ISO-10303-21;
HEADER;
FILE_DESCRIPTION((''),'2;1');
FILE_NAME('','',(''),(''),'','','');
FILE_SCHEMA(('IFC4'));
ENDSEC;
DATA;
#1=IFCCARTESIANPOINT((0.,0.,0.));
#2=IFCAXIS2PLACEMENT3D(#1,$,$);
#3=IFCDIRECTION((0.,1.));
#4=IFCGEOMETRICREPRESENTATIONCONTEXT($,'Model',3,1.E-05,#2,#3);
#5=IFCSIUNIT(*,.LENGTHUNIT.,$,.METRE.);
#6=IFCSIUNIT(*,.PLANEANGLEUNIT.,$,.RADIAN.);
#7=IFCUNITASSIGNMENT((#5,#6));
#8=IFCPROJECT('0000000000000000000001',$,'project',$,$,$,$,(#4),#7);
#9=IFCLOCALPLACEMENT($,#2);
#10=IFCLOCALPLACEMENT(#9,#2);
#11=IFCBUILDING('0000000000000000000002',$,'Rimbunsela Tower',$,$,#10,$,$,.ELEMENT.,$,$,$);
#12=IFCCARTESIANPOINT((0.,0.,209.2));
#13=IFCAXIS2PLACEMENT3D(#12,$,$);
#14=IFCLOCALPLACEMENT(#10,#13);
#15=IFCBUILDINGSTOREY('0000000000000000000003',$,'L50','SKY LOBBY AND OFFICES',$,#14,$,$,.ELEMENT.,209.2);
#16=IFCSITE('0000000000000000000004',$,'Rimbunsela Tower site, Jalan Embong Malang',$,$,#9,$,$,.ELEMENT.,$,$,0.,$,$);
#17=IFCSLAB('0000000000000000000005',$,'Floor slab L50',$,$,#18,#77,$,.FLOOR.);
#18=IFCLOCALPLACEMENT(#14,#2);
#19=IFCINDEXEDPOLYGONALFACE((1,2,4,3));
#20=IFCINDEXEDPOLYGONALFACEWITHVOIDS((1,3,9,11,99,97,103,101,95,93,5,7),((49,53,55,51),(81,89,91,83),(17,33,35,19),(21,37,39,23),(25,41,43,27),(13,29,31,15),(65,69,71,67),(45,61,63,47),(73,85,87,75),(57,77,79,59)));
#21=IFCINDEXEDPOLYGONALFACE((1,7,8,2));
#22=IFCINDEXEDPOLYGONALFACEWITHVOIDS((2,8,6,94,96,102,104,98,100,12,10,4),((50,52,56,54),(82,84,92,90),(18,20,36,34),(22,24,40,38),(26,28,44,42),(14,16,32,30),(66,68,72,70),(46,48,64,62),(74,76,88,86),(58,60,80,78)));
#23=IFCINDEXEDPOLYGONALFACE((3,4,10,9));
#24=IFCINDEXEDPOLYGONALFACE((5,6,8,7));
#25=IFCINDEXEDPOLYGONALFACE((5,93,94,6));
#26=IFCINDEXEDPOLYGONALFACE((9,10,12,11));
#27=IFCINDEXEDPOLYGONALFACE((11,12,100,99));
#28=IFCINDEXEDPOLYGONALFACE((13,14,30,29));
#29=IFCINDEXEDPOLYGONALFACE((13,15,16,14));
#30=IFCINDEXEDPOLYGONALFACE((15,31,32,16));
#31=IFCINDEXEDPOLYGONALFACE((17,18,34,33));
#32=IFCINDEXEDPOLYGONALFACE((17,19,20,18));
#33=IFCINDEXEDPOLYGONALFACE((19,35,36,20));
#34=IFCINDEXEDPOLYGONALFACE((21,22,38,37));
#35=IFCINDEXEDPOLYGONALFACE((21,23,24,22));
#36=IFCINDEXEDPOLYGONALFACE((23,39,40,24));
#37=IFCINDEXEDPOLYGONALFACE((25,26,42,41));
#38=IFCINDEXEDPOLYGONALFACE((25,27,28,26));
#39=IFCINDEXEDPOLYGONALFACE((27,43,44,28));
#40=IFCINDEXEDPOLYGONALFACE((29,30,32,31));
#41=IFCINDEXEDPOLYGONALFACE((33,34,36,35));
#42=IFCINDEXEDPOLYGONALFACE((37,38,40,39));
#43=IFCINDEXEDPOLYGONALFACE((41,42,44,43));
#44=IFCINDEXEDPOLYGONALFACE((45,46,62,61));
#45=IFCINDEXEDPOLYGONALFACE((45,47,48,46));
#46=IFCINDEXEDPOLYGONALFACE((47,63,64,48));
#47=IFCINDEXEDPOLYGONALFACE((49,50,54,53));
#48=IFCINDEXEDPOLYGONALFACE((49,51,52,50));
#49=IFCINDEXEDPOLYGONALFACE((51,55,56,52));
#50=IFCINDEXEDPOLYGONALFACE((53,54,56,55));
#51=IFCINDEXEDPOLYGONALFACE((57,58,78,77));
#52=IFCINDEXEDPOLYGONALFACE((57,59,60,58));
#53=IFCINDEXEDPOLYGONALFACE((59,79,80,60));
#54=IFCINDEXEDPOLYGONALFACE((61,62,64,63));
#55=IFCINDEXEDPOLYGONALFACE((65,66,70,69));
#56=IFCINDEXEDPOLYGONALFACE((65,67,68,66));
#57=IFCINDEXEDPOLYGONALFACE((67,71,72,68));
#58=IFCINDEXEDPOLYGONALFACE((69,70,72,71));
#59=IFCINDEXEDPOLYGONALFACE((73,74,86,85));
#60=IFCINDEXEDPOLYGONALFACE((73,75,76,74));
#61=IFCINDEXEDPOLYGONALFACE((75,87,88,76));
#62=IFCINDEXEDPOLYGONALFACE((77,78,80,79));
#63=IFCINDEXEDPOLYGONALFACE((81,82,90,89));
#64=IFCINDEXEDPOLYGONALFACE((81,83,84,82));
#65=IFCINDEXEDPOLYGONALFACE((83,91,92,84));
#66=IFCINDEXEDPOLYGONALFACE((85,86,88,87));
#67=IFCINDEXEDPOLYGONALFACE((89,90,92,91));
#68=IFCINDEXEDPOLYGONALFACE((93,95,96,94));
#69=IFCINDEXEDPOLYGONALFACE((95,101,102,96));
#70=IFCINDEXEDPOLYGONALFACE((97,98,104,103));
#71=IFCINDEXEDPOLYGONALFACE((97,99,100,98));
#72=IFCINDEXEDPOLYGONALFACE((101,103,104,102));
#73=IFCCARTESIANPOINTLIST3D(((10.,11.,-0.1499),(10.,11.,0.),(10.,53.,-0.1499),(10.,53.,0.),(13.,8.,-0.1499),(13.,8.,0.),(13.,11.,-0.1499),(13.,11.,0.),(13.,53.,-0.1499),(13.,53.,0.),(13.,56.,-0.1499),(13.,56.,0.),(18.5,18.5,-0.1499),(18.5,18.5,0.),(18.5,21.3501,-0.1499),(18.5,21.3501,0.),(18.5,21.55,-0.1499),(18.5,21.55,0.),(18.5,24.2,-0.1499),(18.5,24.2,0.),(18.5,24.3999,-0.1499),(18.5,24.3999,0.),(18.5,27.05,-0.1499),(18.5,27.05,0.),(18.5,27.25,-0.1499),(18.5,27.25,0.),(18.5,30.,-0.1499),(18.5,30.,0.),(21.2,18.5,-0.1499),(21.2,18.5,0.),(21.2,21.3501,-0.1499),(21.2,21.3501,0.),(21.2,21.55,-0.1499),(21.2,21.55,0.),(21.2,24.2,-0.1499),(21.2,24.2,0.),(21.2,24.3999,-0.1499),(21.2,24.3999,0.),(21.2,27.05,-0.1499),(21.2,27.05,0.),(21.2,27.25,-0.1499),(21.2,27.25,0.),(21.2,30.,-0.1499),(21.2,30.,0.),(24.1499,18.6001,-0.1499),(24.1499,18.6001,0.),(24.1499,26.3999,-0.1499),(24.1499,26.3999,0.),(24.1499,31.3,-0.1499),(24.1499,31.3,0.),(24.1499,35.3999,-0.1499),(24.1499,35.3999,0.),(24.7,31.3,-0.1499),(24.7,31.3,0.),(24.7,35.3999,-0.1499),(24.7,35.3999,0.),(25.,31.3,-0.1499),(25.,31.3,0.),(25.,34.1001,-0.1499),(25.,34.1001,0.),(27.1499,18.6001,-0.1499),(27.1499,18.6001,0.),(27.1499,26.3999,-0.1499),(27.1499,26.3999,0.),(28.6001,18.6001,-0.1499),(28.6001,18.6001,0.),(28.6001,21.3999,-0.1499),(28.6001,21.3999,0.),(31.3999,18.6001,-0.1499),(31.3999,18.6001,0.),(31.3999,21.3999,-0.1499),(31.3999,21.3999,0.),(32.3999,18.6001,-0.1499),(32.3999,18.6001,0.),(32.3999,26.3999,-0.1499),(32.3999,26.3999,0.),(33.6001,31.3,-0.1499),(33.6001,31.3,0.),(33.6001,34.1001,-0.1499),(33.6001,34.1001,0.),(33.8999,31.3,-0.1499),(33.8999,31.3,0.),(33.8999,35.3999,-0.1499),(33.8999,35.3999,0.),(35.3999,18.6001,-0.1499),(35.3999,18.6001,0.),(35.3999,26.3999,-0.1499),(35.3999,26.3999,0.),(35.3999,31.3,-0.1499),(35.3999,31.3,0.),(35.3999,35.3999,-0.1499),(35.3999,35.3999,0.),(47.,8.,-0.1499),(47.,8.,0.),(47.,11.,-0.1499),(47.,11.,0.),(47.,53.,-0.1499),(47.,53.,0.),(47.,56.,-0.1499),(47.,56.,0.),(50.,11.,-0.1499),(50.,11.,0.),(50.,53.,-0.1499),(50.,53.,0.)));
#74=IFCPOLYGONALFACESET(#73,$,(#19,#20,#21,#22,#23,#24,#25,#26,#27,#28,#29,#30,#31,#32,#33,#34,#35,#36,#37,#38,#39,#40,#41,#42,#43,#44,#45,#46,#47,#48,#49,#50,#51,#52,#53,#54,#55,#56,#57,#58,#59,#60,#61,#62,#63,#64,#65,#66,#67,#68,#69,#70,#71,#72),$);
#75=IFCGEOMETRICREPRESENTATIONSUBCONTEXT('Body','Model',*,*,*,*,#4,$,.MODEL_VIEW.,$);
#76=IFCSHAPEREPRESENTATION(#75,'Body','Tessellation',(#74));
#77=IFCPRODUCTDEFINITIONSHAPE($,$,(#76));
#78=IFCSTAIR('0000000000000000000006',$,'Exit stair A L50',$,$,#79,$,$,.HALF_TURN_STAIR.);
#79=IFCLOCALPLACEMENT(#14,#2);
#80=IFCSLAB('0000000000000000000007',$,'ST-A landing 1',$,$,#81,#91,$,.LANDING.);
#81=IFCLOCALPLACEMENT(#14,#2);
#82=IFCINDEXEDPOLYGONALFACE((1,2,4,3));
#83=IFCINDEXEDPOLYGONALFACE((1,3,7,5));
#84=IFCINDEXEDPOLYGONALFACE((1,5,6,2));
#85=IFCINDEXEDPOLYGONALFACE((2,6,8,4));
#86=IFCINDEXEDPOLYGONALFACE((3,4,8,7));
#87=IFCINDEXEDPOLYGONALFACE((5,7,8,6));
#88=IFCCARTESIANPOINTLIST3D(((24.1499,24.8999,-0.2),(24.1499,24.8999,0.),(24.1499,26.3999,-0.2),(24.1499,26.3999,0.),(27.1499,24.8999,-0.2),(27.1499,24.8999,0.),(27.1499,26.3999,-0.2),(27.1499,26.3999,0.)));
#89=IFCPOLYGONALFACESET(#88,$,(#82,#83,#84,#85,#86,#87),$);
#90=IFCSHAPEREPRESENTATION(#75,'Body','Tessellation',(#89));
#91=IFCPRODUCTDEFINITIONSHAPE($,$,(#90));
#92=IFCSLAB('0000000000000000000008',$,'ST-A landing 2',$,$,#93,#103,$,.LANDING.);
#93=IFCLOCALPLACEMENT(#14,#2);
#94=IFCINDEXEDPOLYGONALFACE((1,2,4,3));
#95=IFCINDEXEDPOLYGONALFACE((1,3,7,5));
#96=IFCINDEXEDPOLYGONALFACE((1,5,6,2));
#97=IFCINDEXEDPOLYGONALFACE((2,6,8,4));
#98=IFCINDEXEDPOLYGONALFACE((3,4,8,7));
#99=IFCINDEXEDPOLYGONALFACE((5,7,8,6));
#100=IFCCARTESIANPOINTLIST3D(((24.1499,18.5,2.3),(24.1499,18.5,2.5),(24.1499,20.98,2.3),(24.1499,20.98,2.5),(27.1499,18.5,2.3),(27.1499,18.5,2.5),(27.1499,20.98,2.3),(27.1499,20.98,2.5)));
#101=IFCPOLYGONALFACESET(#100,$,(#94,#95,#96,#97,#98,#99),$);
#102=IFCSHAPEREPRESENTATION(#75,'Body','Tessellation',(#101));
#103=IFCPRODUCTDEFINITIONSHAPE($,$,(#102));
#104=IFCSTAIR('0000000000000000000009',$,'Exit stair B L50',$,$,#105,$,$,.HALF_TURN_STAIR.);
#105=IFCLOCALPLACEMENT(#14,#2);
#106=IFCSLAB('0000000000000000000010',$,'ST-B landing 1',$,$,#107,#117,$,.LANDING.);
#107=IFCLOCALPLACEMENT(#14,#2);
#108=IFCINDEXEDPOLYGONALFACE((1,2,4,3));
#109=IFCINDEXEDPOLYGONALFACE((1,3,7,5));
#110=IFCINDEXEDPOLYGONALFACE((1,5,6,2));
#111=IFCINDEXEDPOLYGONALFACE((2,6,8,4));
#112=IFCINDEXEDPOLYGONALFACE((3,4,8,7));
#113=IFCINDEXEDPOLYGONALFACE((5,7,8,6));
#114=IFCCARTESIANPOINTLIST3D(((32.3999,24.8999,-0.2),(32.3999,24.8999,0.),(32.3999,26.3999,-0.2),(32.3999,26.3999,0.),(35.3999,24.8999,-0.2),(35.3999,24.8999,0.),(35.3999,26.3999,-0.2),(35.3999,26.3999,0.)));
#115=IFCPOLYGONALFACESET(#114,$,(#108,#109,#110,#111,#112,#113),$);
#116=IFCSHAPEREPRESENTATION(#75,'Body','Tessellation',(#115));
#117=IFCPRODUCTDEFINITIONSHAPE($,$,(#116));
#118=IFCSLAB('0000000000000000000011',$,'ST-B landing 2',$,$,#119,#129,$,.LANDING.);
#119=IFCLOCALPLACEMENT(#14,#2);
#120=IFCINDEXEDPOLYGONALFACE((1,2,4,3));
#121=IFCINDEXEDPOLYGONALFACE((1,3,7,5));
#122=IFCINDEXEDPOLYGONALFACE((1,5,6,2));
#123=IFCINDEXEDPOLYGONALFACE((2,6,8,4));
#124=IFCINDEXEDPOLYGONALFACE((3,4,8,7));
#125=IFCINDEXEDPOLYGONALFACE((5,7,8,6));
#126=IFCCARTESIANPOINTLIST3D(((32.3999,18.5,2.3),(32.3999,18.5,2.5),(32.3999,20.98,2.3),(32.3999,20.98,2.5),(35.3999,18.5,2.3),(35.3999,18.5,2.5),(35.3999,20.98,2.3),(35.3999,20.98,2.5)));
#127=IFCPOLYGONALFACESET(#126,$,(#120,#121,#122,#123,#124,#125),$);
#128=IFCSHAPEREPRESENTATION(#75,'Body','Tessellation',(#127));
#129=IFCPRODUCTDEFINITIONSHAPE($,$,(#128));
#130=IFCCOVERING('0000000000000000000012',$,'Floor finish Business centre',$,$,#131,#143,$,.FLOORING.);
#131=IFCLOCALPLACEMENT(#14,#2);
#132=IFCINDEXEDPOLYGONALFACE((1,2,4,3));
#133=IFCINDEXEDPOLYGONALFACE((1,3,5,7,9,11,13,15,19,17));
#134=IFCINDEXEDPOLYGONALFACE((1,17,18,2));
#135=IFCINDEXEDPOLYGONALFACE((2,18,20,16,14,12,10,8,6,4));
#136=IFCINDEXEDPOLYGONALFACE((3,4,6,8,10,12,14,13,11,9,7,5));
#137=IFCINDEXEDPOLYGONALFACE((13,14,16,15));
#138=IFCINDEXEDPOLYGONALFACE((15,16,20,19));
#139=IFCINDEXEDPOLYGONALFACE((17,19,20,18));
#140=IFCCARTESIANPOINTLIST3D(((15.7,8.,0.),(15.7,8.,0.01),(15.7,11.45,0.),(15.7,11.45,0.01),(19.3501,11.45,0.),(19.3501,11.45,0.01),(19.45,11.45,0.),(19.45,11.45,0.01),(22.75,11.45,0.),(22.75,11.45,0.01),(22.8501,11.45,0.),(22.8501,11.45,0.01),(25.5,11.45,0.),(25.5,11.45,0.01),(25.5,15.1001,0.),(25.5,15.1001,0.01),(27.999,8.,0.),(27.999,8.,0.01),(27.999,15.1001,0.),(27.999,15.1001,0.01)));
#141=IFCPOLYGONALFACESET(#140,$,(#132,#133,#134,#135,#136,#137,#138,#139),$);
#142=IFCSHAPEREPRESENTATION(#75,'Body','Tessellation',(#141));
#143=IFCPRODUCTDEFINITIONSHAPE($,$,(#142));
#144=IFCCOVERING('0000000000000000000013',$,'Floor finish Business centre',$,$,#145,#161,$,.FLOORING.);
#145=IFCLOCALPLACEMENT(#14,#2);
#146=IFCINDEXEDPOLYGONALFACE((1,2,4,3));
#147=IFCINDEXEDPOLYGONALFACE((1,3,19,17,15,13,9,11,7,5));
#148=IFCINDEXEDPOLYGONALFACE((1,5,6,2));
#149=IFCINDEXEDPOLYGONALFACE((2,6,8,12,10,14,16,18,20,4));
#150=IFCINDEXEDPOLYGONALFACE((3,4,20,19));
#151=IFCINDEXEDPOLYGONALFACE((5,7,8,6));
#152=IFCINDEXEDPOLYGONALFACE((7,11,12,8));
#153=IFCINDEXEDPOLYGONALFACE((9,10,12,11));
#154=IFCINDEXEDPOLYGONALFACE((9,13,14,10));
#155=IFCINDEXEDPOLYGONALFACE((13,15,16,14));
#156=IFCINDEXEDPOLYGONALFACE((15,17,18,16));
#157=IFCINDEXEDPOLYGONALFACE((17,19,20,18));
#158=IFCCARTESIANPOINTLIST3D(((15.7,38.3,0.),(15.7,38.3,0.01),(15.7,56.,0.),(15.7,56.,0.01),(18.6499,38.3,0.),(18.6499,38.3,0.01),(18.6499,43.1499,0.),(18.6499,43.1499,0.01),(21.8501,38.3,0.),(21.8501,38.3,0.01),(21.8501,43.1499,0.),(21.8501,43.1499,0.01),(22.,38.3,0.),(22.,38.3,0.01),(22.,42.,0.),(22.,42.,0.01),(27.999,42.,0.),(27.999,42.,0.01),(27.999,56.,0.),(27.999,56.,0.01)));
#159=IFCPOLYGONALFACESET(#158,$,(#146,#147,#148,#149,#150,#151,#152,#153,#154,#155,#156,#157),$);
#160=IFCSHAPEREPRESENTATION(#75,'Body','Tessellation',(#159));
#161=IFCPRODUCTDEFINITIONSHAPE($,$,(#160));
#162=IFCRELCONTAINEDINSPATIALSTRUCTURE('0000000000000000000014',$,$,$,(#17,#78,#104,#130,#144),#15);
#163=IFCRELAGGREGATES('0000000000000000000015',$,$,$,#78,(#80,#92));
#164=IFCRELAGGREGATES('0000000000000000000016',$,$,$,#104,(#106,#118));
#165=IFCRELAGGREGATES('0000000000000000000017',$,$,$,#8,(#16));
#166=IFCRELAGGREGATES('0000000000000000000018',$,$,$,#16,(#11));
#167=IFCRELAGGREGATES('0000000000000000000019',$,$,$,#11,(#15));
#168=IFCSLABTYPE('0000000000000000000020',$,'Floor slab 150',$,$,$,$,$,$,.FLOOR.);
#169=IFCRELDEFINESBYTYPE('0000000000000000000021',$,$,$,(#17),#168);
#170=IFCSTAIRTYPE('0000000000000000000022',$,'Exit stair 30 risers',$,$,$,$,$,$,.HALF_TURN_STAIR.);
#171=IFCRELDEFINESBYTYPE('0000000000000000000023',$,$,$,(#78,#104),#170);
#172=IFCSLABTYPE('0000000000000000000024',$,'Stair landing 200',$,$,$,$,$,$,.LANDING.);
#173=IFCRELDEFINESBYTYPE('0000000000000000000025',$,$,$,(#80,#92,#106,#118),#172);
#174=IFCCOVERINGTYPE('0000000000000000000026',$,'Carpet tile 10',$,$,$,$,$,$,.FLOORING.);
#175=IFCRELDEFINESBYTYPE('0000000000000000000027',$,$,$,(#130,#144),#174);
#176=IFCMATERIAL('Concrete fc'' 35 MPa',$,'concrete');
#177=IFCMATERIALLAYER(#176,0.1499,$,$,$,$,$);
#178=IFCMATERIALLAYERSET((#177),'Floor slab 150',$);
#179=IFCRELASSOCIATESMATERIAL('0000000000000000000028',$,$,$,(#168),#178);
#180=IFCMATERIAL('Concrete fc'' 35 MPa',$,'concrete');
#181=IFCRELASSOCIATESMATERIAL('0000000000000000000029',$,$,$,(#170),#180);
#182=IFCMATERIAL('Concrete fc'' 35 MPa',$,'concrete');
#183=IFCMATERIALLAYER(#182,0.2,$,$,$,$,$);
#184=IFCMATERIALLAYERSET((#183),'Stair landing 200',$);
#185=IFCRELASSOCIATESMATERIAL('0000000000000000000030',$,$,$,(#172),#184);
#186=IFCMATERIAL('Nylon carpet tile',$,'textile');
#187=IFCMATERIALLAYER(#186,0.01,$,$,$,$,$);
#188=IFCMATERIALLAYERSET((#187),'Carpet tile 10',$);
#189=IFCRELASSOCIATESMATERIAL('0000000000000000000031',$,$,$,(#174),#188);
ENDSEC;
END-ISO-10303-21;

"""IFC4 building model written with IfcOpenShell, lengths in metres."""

from ifc_helpers import new_model, si_unit, direction, frame, origin, place, context, subcontext, project, spatial, polyline, outline, extrude, material, layer, layer_set, type_object, element, aggregate, save


model = new_model("IFC4")

# Units and contexts
model_context = context("Model", 3, precision=1e-05, world=origin(), true_north=direction((0.0, 1.0)))
body_context = subcontext(model_context, "Body", "Model", "MODEL_VIEW")
ifc_project = project(units=[si_unit("LENGTHUNIT", "METRE"), si_unit("PLANEANGLEUNIT", "RADIAN")], contexts=[model_context])

# Site, building, storey
site_placement = place(None, origin())
site = spatial("IfcSite", under=ifc_project, at=site_placement, Name="Rimbunsela Tower site, Jalan Embong Malang", CompositionType="ELEMENT", RefElevation=0.0)
building_placement = place(site_placement, origin())
building = spatial("IfcBuilding", under=site, at=building_placement, Name="Rimbunsela Tower", CompositionType="ELEMENT")
storey_placement = place(building_placement, frame((0.0, 0.0, 209.2)))
storey = spatial("IfcBuildingStorey", under=building, at=storey_placement, Name="L50", Description="SKY LOBBY AND OFFICES", CompositionType="ELEMENT", Elevation=209.2)

# Slab
ifc_material_1 = material(Name="Concrete fc' 35 MPa", Category="concrete")
ifc_layer_1 = layer(ifc_material_1, 0.1499)
ifc_layer_set_1 = layer_set([ifc_layer_1], Name="Floor slab 150")
slab_type_1 = type_object("IfcSlabType", Name="Floor slab 150", PredefinedType="FLOOR", material=ifc_layer_set_1)
slab_1_placement = place(storey_placement, frame((0.0, 0.0, -0.1499)))
element("IfcSlab", 1, at=slab_1_placement, inside=storey, type_object=slab_type_1, Name="Floor slab L50", PredefinedType="FLOOR", context=body_context, shape_type="SweptSolid", body=[
    extrude(outline(polyline([(13.0, 8.0), (47.0, 8.0), (47.0, 11.0), (50.0, 11.0), (50.0, 53.0), (47.0, 53.0), (47.0, 56.0), (13.0, 56.0), (13.0, 53.0), (10.0, 53.0), (10.0, 11.0), (13.0, 11.0), (13.0, 8.0)]), holes=[polyline([(21.2, 21.3501), (18.5, 21.3501), (18.5, 18.5), (21.2, 18.5), (21.2, 21.3501)]), polyline([(21.2, 21.55), (21.2, 24.2), (18.5, 24.2), (18.5, 21.55), (21.2, 21.55)]), polyline([(21.2, 27.05), (18.5, 27.05), (18.5, 24.3999), (21.2, 24.3999), (21.2, 27.05)]), polyline([(21.2, 27.25), (21.2, 30.0), (18.5, 30.0), (18.5, 27.25), (21.2, 27.25)]), polyline([(27.1499, 18.6001), (27.1499, 26.3999), (24.1499, 26.3999), (24.1499, 18.6001), (27.1499, 18.6001)]), polyline([(24.7, 31.3), (24.7, 35.3999), (24.1499, 35.3999), (24.1499, 31.3), (24.7, 31.3)]), polyline([(25.0, 34.1001), (25.0, 31.3), (33.6001, 31.3), (33.6001, 34.1001), (25.0, 34.1001)]), polyline([(31.3999, 21.3999), (28.6001, 21.3999), (28.6001, 18.6001), (31.3999, 18.6001), (31.3999, 21.3999)]), polyline([(35.3999, 18.6001), (35.3999, 26.3999), (32.3999, 26.3999), (32.3999, 18.6001), (35.3999, 18.6001)]), polyline([(35.3999, 31.3), (35.3999, 35.3999), (33.8999, 35.3999), (33.8999, 31.3), (35.3999, 31.3)])]), origin(), (0.0, 0.0, 1.0), 0.1499),
])

# Stairs, slabs
ifc_material_2 = material(Name="Concrete fc' 35 MPa", Category="concrete")
stair_type = type_object("IfcStairType", Name="Exit stair 30 risers", PredefinedType="HALF_TURN_STAIR", material=ifc_material_2)
stair_1_placement = place(storey_placement, origin())
stair_1 = element("IfcStair", 2, at=stair_1_placement, inside=storey, type_object=stair_type, Name="Exit stair A L50", PredefinedType="HALF_TURN_STAIR")
ifc_material_3 = material(Name="Concrete fc' 35 MPa", Category="concrete")
ifc_layer_2 = layer(ifc_material_3, 0.2)
ifc_layer_set_2 = layer_set([ifc_layer_2], Name="Stair landing 200")
slab_type_2 = type_object("IfcSlabType", Name="Stair landing 200", PredefinedType="LANDING", material=ifc_layer_set_2)
slab_2_placement = place(storey_placement, frame((0.0, 0.0, -0.2)))
slab_2 = element("IfcSlab", 3, at=slab_2_placement, type_object=slab_type_2, Name="ST-A landing 1", PredefinedType="LANDING", context=body_context, shape_type="SweptSolid", body=[
    extrude(outline(polyline([(24.1499, 24.8999), (27.1499, 24.8999), (27.1499, 26.3999), (24.1499, 26.3999), (24.1499, 24.8999)])), origin(), (0.0, 0.0, 1.0), 0.2),
])
slab_3_placement = place(storey_placement, frame((0.0, 0.0, 2.3)))
slab_3 = element("IfcSlab", 4, at=slab_3_placement, type_object=slab_type_2, Name="ST-A landing 2", PredefinedType="LANDING", context=body_context, shape_type="SweptSolid", body=[
    extrude(outline(polyline([(24.1499, 18.5), (27.1499, 18.5), (27.1499, 20.98), (24.1499, 20.98), (24.1499, 18.5)])), origin(), (0.0, 0.0, 1.0), 0.2),
])
aggregate(stair_1, [slab_2, slab_3])
stair_2_placement = place(storey_placement, origin())
stair_2 = element("IfcStair", 5, at=stair_2_placement, inside=storey, type_object=stair_type, Name="Exit stair B L50", PredefinedType="HALF_TURN_STAIR")
slab_4_placement = place(storey_placement, frame((0.0, 0.0, -0.2)))
slab_4 = element("IfcSlab", 6, at=slab_4_placement, type_object=slab_type_2, Name="ST-B landing 1", PredefinedType="LANDING", context=body_context, shape_type="SweptSolid", body=[
    extrude(outline(polyline([(32.3999, 24.8999), (35.3999, 24.8999), (35.3999, 26.3999), (32.3999, 26.3999), (32.3999, 24.8999)])), origin(), (0.0, 0.0, 1.0), 0.2),
])
slab_5_placement = place(storey_placement, frame((0.0, 0.0, 2.3)))
slab_5 = element("IfcSlab", 7, at=slab_5_placement, type_object=slab_type_2, Name="ST-B landing 2", PredefinedType="LANDING", context=body_context, shape_type="SweptSolid", body=[
    extrude(outline(polyline([(32.3999, 18.5), (35.3999, 18.5), (35.3999, 20.98), (32.3999, 20.98), (32.3999, 18.5)])), origin(), (0.0, 0.0, 1.0), 0.2),
])
aggregate(stair_2, [slab_4, slab_5])

# Coverings
ifc_material_4 = material(Name="Nylon carpet tile", Category="textile")
ifc_layer_3 = layer(ifc_material_4, 0.01)
ifc_layer_set_3 = layer_set([ifc_layer_3], Name="Carpet tile 10")
covering_type_1 = type_object("IfcCoveringType", Name="Carpet tile 10", PredefinedType="FLOORING", material=ifc_layer_set_3)
covering_1_placement = place(storey_placement, origin())
element("IfcCovering", 8, at=covering_1_placement, inside=storey, type_object=covering_type_1, Name="Floor finish Business centre", PredefinedType="FLOORING", context=body_context, shape_type="SweptSolid", body=[
    extrude(outline(polyline([(19.45, 11.45), (22.75, 11.45), (22.8501, 11.45), (25.5, 11.45), (25.5, 15.1001), (27.999, 15.1001), (27.999, 8.0), (15.7, 8.0), (15.7, 11.45), (19.3501, 11.45), (19.45, 11.45)])), origin(), (0.0, 0.0, 1.0), 0.01),
])
covering_2_placement = place(storey_placement, origin())
element("IfcCovering", 9, at=covering_2_placement, inside=storey, type_object=covering_type_1, Name="Floor finish Business centre", PredefinedType="FLOORING", context=body_context, shape_type="SweptSolid", body=[
    extrude(outline(polyline([(27.999, 42.0), (22.0, 42.0), (22.0, 38.3), (21.8501, 38.3), (21.8501, 43.1499), (18.6499, 43.1499), (18.6499, 38.3), (15.7, 38.3), (15.7, 56.0), (27.999, 56.0), (27.999, 42.0)])), origin(), (0.0, 0.0, 1.0), 0.01),
])

save(model, "model.ifc")
